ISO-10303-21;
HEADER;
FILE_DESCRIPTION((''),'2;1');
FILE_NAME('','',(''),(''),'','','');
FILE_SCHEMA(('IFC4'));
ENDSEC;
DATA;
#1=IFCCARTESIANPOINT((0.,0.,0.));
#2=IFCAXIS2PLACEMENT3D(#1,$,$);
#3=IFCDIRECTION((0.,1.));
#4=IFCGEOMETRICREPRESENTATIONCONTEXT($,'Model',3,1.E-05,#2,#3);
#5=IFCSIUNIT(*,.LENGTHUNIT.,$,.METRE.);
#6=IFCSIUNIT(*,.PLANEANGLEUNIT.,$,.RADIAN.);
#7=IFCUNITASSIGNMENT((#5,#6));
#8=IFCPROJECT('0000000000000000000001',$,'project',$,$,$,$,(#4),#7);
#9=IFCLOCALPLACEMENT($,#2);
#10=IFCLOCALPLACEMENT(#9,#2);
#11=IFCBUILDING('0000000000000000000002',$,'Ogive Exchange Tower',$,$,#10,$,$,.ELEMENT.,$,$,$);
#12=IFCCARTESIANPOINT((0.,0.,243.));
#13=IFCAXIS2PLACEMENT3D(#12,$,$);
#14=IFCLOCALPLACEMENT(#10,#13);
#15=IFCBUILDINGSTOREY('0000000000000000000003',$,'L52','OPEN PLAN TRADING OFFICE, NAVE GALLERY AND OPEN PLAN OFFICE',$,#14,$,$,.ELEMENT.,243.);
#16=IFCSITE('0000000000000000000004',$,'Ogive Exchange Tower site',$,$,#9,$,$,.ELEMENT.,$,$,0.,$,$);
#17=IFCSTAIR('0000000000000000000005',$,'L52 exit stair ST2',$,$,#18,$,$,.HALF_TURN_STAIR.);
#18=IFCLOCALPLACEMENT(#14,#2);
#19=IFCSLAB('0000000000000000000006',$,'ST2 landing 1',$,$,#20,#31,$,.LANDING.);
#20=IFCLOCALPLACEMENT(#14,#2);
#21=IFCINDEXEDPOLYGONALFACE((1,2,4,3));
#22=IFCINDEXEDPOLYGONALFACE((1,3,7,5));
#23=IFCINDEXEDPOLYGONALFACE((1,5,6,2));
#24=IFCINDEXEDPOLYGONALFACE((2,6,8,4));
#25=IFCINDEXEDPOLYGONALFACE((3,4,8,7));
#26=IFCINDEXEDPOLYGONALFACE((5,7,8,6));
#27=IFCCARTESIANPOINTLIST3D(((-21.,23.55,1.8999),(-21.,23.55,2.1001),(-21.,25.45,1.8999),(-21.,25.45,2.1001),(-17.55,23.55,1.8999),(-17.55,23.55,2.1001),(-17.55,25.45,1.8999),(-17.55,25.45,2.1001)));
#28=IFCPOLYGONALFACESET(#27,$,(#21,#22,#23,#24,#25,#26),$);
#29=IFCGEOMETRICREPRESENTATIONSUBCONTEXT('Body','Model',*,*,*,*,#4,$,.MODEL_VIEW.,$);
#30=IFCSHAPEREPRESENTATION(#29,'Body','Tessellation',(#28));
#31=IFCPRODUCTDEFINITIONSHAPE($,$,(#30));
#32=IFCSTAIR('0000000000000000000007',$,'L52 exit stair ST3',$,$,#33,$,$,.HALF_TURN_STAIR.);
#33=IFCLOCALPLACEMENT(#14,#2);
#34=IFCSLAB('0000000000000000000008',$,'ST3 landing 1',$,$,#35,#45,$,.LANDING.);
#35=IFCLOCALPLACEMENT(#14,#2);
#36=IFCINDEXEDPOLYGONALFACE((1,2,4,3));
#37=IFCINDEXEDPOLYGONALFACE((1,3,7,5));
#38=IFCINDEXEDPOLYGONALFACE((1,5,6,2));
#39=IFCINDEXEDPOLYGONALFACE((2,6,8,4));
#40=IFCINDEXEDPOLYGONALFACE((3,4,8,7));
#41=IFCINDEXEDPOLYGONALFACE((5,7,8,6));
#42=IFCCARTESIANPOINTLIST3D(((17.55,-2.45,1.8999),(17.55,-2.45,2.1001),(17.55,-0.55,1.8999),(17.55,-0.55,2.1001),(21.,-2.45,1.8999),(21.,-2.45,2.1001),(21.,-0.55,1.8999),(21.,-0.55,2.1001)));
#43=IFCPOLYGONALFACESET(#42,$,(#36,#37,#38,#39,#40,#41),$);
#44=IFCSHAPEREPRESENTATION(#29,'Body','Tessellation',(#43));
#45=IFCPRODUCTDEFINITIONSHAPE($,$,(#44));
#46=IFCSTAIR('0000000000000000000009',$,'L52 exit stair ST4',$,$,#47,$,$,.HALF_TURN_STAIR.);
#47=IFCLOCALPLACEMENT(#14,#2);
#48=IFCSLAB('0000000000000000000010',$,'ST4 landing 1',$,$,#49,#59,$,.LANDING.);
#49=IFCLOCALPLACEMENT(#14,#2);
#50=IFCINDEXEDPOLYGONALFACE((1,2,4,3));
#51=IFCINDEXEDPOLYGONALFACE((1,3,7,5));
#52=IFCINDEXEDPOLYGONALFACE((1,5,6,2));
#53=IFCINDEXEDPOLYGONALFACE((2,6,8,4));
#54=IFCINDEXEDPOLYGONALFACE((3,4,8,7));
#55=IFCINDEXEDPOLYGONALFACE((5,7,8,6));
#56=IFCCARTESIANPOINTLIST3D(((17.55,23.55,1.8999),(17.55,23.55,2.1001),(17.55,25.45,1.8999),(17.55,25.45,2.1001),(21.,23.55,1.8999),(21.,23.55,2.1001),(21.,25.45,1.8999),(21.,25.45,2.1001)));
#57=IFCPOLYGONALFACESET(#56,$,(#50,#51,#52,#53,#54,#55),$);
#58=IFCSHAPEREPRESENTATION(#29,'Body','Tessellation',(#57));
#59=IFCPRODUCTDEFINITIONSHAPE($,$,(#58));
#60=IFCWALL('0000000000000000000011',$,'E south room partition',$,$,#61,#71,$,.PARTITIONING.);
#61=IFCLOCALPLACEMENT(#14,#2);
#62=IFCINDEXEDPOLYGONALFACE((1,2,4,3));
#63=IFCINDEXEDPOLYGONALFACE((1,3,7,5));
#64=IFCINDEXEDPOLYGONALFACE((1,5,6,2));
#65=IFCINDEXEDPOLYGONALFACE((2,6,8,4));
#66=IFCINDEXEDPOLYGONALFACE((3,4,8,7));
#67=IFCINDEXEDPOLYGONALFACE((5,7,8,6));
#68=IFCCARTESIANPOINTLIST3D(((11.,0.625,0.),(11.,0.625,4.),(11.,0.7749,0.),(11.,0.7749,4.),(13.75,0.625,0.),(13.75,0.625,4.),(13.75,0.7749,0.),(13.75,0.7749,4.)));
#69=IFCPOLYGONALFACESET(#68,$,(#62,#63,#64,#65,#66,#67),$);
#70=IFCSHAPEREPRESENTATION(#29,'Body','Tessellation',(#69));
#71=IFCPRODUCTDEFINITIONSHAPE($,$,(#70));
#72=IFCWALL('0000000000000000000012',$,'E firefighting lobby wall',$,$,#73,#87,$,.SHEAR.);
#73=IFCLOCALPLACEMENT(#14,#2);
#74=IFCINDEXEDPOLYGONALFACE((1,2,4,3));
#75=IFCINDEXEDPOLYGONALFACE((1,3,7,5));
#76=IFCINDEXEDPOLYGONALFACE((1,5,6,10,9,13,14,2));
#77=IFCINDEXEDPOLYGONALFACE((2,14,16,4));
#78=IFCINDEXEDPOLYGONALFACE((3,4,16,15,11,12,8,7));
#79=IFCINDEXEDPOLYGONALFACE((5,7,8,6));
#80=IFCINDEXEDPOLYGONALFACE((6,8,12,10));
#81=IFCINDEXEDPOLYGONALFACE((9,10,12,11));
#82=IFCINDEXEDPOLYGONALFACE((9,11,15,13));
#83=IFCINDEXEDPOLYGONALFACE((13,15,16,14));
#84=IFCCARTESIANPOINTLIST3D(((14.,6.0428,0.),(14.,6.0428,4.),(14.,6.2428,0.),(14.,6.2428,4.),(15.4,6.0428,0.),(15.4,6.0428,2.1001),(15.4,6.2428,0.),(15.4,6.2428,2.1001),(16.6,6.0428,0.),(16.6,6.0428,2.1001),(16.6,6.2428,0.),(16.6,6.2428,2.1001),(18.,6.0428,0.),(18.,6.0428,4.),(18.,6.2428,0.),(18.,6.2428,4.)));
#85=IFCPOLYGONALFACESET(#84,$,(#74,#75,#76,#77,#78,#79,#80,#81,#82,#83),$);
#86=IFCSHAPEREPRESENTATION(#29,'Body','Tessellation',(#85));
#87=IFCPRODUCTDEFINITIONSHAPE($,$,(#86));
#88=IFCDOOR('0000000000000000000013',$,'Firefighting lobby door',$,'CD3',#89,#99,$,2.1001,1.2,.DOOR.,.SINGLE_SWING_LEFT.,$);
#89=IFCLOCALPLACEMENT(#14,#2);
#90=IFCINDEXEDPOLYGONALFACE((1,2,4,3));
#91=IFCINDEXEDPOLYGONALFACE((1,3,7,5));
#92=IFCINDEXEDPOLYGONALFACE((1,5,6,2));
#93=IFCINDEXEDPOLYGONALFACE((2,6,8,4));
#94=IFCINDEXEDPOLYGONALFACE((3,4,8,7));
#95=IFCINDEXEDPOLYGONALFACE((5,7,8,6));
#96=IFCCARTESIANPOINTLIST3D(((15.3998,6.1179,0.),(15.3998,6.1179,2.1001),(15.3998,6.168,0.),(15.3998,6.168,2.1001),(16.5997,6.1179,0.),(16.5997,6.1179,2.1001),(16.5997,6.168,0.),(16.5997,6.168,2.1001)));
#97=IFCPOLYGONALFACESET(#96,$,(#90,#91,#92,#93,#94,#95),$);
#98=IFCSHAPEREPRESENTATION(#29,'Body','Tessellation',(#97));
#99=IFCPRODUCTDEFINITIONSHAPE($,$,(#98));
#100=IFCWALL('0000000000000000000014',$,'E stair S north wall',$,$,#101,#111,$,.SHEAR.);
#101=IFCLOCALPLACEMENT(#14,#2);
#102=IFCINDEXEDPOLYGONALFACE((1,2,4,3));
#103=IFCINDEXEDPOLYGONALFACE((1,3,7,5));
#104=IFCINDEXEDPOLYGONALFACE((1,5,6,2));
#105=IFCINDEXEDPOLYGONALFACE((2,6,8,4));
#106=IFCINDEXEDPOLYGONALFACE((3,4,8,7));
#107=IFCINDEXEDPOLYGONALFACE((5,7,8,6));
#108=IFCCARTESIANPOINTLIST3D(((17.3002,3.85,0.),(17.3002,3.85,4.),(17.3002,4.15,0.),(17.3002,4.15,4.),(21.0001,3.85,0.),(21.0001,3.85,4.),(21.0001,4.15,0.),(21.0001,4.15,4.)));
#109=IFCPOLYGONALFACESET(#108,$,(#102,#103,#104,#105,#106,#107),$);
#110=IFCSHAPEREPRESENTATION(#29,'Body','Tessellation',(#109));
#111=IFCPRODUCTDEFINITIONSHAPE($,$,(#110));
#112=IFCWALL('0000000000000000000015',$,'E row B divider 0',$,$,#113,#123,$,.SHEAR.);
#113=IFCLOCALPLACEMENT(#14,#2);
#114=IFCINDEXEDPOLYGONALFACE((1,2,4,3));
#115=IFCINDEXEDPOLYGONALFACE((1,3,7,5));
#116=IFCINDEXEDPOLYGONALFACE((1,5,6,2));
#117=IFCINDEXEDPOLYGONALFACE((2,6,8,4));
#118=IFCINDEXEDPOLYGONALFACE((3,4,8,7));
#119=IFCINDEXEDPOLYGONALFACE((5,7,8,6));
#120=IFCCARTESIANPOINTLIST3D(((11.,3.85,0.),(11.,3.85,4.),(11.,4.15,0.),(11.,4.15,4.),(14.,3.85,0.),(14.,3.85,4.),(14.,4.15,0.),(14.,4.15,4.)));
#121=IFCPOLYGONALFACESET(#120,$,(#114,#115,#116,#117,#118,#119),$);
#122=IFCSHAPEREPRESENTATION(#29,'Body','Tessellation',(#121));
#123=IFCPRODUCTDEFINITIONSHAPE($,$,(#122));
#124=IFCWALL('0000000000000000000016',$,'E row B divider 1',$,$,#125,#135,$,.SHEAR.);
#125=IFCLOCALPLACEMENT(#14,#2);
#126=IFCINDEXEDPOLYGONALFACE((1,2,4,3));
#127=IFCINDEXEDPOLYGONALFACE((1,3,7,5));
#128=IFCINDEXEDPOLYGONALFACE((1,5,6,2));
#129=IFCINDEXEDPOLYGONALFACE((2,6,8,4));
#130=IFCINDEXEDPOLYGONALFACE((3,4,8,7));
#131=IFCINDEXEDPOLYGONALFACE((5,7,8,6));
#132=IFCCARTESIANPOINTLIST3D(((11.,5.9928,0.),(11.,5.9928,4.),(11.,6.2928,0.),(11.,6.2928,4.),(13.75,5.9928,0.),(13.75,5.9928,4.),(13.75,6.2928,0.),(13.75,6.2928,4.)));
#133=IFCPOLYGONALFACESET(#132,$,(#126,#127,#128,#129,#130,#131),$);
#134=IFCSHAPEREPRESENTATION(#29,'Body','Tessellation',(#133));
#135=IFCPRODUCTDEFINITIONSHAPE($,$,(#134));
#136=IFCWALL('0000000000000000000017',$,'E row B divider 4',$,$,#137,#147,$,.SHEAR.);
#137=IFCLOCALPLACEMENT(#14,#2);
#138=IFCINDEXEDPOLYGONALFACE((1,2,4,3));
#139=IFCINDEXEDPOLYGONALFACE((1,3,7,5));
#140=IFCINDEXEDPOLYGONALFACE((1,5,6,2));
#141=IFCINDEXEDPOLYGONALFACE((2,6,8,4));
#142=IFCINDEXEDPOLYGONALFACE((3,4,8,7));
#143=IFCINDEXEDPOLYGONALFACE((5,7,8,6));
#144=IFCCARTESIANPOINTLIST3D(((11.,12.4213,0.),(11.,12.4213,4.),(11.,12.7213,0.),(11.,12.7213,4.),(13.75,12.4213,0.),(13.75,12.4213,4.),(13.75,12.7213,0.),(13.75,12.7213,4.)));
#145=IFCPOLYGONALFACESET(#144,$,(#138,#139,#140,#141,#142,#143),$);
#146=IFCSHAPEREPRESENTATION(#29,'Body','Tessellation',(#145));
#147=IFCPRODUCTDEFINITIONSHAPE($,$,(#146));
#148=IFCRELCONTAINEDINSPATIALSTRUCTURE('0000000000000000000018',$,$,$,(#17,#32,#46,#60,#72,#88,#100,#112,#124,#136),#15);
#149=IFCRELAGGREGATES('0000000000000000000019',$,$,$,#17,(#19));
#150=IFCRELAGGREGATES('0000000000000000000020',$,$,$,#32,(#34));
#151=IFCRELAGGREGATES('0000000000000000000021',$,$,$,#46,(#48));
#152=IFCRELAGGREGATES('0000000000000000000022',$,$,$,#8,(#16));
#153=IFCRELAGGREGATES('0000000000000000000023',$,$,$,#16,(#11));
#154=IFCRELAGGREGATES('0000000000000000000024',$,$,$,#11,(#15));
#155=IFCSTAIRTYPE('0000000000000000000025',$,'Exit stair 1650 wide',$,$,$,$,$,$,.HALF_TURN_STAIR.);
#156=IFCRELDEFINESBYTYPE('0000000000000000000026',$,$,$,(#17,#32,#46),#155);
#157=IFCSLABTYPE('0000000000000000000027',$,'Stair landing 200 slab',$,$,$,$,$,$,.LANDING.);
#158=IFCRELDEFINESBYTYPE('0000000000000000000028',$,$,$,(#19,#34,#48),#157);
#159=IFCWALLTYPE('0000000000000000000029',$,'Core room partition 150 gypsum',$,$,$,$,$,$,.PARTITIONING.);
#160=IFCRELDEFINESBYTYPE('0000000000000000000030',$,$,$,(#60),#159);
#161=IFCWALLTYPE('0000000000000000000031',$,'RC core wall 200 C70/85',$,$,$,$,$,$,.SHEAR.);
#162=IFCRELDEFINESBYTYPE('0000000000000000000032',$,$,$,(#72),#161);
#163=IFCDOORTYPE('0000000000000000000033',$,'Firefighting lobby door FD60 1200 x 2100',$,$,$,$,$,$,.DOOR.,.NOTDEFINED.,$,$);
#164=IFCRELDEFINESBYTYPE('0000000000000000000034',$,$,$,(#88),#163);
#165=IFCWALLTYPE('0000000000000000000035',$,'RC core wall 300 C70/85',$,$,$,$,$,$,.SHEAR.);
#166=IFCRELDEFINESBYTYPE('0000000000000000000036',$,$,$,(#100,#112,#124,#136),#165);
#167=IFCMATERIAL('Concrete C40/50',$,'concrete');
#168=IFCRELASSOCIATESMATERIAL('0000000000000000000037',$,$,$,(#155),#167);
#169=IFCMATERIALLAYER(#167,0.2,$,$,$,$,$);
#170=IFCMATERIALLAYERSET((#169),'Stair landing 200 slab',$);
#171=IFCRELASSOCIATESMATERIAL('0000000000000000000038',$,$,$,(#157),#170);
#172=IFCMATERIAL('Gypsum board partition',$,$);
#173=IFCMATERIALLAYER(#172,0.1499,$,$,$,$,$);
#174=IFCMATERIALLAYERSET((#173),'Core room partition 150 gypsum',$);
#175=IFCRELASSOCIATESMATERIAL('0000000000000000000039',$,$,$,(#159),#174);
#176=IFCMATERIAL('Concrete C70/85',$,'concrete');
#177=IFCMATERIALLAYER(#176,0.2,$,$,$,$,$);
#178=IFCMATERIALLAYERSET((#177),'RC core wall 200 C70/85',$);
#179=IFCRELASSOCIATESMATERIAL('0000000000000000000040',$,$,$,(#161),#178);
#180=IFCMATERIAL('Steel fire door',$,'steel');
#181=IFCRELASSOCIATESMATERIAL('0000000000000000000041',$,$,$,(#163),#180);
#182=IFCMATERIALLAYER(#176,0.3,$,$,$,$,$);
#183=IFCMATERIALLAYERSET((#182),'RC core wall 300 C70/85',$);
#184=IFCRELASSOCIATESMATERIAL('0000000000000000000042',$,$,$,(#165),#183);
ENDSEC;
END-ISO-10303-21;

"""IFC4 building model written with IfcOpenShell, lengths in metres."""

from ifc_helpers import new_model, si_unit, direction, frame, frame_2d, origin, place, context, subcontext, project, spatial, polyline, rectangle, outline, extrude, material, layer, layer_set, type_object, element, fill, aggregate, save


model = new_model("IFC4")

# Units and contexts
model_context = context("Model", 3, precision=1e-05, world=origin(), true_north=direction((0.0, 1.0)))
body_context = subcontext(model_context, "Body", "Model", "MODEL_VIEW")
ifc_project = project(units=[si_unit("LENGTHUNIT", "METRE"), si_unit("PLANEANGLEUNIT", "RADIAN")], contexts=[model_context])

# Site, building, storey
site_placement = place(None, origin())
site = spatial("IfcSite", under=ifc_project, at=site_placement, Name="Ogive Exchange Tower site", CompositionType="ELEMENT", RefElevation=0.0)
building_placement = place(site_placement, origin())
building = spatial("IfcBuilding", under=site, at=building_placement, Name="Ogive Exchange Tower", CompositionType="ELEMENT")
storey_placement = place(building_placement, frame((0.0, 0.0, 243.0)))
storey = spatial("IfcBuildingStorey", under=building, at=storey_placement, Name="L52", Description="OPEN PLAN TRADING OFFICE, NAVE GALLERY AND OPEN PLAN OFFICE", CompositionType="ELEMENT", Elevation=243.0)

# Shared definitions
ifc_material_1 = material(Name="Concrete C70/85", Category="concrete")

# Stairs, slabs
ifc_material_2 = material(Name="Concrete C40/50", Category="concrete")
stair_type = type_object("IfcStairType", Name="Exit stair 1650 wide", PredefinedType="HALF_TURN_STAIR", material=ifc_material_2)
ifc_layer_1 = layer(ifc_material_2, 0.2)
ifc_layer_set_1 = layer_set([ifc_layer_1], Name="Stair landing 200 slab")
slab_type_1 = type_object("IfcSlabType", Name="Stair landing 200 slab", PredefinedType="LANDING", material=ifc_layer_set_1)
stair_1_placement = place(storey_placement, origin())
stair_1 = element("IfcStair", 1, at=stair_1_placement, inside=storey, type_object=stair_type, Name="L52 exit stair ST2", PredefinedType="HALF_TURN_STAIR")
slab_1_placement = place(storey_placement, frame((0.0, 0.0, 1.8999)))
slab_1 = element("IfcSlab", 2, at=slab_1_placement, type_object=slab_type_1, Name="ST2 landing 1", PredefinedType="LANDING", context=body_context, shape_type="SweptSolid", body=[
    extrude(outline(polyline([(-17.55, 23.55), (-17.55, 25.45), (-21.0, 25.45), (-21.0, 23.55), (-17.55, 23.55)])), origin(), (0.0, 0.0, 1.0), 0.2002),
])
aggregate(stair_1, [slab_1])
stair_2_placement = place(storey_placement, origin())
stair_2 = element("IfcStair", 3, at=stair_2_placement, inside=storey, type_object=stair_type, Name="L52 exit stair ST3", PredefinedType="HALF_TURN_STAIR")
slab_2_placement = place(storey_placement, frame((0.0, 0.0, 1.8999)))
slab_2 = element("IfcSlab", 4, at=slab_2_placement, type_object=slab_type_1, Name="ST3 landing 1", PredefinedType="LANDING", context=body_context, shape_type="SweptSolid", body=[
    extrude(outline(polyline([(17.55, -0.55), (17.55, -2.45), (21.0, -2.45), (21.0, -0.55), (17.55, -0.55)])), origin(), (0.0, 0.0, 1.0), 0.2002),
])
aggregate(stair_2, [slab_2])
stair_3_placement = place(storey_placement, origin())
stair_3 = element("IfcStair", 5, at=stair_3_placement, inside=storey, type_object=stair_type, Name="L52 exit stair ST4", PredefinedType="HALF_TURN_STAIR")
slab_3_placement = place(storey_placement, frame((0.0, 0.0, 1.8999)))
slab_3 = element("IfcSlab", 6, at=slab_3_placement, type_object=slab_type_1, Name="ST4 landing 1", PredefinedType="LANDING", context=body_context, shape_type="SweptSolid", body=[
    extrude(outline(polyline([(21.0, 23.55), (21.0, 25.45), (17.55, 25.45), (17.55, 23.55), (21.0, 23.55)])), origin(), (0.0, 0.0, 1.0), 0.2002),
])
aggregate(stair_3, [slab_3])

# Wall
ifc_material_3 = material(Name="Gypsum board partition")
ifc_layer_2 = layer(ifc_material_3, 0.1499)
ifc_layer_set_2 = layer_set([ifc_layer_2], Name="Core room partition 150 gypsum")
wall_type_1 = type_object("IfcWallType", Name="Core room partition 150 gypsum", PredefinedType="PARTITIONING", material=ifc_layer_set_2)
wall_1_placement = place(storey_placement, frame((11.0, 0.7, 0.0), z_axis=(0.0, 0.0, 1.0), x_axis=(1.0, 0.0, 0.0)))
element("IfcWall", 7, at=wall_1_placement, inside=storey, type_object=wall_type_1, Name="E south room partition", PredefinedType="PARTITIONING", context=body_context, shape_type="SweptSolid", body=[
    extrude(rectangle(XDim=2.75, YDim=0.1499, at=frame_2d((1.375, 0.0))), origin(), (0.0, 0.0, 1.0), 4.0),
])

# Wall, opening, door
ifc_layer_3 = layer(ifc_material_1, 0.2)
ifc_layer_set_3 = layer_set([ifc_layer_3], Name="RC core wall 200 C70/85")
wall_type_2 = type_object("IfcWallType", Name="RC core wall 200 C70/85", PredefinedType="SHEAR", material=ifc_layer_set_3)
wall_2_placement = place(storey_placement, frame((14.0, 6.1428, 0.0), z_axis=(0.0, 0.0, 1.0), x_axis=(1.0, 0.0, 0.0)))
wall_2 = element("IfcWall", 8, at=wall_2_placement, inside=storey, type_object=wall_type_2, Name="E firefighting lobby wall", PredefinedType="SHEAR", context=body_context, shape_type="SweptSolid", body=[
    extrude(rectangle(XDim=4.0, YDim=0.2, at=frame_2d((2.0, 0.0))), origin(), (0.0, 0.0, 1.0), 4.0),
])
opening_placement = place(wall_2_placement, frame((1.3999, 0.0, 0.0)))
opening = element("IfcOpeningElement", 9, at=opening_placement, cuts=wall_2, PredefinedType="OPENING", context=body_context, shape_type="SweptSolid", body=[
    extrude(rectangle(XDim=1.2, YDim=2.1001, at=frame_2d((0.6001, 1.05))), frame((0.0, 0.1099, 0.0), z_axis=(0.0, -1.0, 0.0), x_axis=(1.0, 0.0, 0.0)), (0.0, 0.0, 1.0), 0.22),
])
ifc_material_4 = material(Name="Steel fire door", Category="steel")
door_type = type_object("IfcDoorType", Name="Firefighting lobby door FD60 1200 x 2100", OperationType="NOTDEFINED", PredefinedType="DOOR", material=ifc_material_4)
door_placement = place(opening_placement, frame((1.2, 0.0, 0.0), z_axis=(0.0, 0.0, 1.0), x_axis=(-1.0, 0.0, 0.0)))
door = element("IfcDoor", 10, at=door_placement, inside=storey, type_object=door_type, Name="Firefighting lobby door", ObjectType="CD3", OperationType="SINGLE_SWING_LEFT", OverallHeight=2.1001, OverallWidth=1.2, PredefinedType="DOOR", context=body_context, shape_type="SweptSolid", body=[
    extrude(rectangle(XDim=1.2, YDim=2.1001, at=frame_2d((0.6001, 1.05))), frame((0.0, 0.0249, 0.0), z_axis=(0.0, -1.0, 0.0), x_axis=(1.0, 0.0, 0.0)), (0.0, 0.0, 1.0), 0.05),
])
fill(opening, door)

# Walls
ifc_layer_4 = layer(ifc_material_1, 0.3)
ifc_layer_set_4 = layer_set([ifc_layer_4], Name="RC core wall 300 C70/85")
wall_type_3 = type_object("IfcWallType", Name="RC core wall 300 C70/85", PredefinedType="SHEAR", material=ifc_layer_set_4)
wall_3_placement = place(storey_placement, frame((17.3, 4.0, 0.0), z_axis=(0.0, 0.0, 1.0), x_axis=(1.0, 0.0, 0.0)))
element("IfcWall", 11, at=wall_3_placement, inside=storey, type_object=wall_type_3, Name="E stair S north wall", PredefinedType="SHEAR", context=body_context, shape_type="SweptSolid", body=[
    extrude(rectangle(XDim=3.7, YDim=0.3, at=frame_2d((1.8501, 0.0))), origin(), (0.0, 0.0, 1.0), 4.0),
])
wall_4_placement = place(storey_placement, frame((11.0, 4.0, 0.0), z_axis=(0.0, 0.0, 1.0), x_axis=(1.0, 0.0, 0.0)))
element("IfcWall", 12, at=wall_4_placement, inside=storey, type_object=wall_type_3, Name="E row B divider 0", PredefinedType="SHEAR", context=body_context, shape_type="SweptSolid", body=[
    extrude(rectangle(XDim=3.0, YDim=0.3, at=frame_2d((1.5, 0.0))), origin(), (0.0, 0.0, 1.0), 4.0),
])
for number, where, z_axis, x_axis, name in (
    (13, (11.0, 6.1428, 0.0), (0.0, 0.0, 1.0), (1.0, 0.0, 0.0), "E row B divider 1"),
    (14, (11.0, 12.5713, 0.0), (0.0, 0.0, 1.0), (1.0, 0.0, 0.0), "E row B divider 4"),
):
    element("IfcWall", number, at=place(storey_placement, frame(where, z_axis=z_axis, x_axis=x_axis)), inside=storey, type_object=wall_type_3, Name=name, PredefinedType="SHEAR", context=body_context, shape_type="SweptSolid", body=[
        extrude(rectangle(XDim=2.75, YDim=0.3, at=frame_2d((1.375, 0.0))), origin(), (0.0, 0.0, 1.0), 4.0),
    ])

save(model, "model.ifc")
